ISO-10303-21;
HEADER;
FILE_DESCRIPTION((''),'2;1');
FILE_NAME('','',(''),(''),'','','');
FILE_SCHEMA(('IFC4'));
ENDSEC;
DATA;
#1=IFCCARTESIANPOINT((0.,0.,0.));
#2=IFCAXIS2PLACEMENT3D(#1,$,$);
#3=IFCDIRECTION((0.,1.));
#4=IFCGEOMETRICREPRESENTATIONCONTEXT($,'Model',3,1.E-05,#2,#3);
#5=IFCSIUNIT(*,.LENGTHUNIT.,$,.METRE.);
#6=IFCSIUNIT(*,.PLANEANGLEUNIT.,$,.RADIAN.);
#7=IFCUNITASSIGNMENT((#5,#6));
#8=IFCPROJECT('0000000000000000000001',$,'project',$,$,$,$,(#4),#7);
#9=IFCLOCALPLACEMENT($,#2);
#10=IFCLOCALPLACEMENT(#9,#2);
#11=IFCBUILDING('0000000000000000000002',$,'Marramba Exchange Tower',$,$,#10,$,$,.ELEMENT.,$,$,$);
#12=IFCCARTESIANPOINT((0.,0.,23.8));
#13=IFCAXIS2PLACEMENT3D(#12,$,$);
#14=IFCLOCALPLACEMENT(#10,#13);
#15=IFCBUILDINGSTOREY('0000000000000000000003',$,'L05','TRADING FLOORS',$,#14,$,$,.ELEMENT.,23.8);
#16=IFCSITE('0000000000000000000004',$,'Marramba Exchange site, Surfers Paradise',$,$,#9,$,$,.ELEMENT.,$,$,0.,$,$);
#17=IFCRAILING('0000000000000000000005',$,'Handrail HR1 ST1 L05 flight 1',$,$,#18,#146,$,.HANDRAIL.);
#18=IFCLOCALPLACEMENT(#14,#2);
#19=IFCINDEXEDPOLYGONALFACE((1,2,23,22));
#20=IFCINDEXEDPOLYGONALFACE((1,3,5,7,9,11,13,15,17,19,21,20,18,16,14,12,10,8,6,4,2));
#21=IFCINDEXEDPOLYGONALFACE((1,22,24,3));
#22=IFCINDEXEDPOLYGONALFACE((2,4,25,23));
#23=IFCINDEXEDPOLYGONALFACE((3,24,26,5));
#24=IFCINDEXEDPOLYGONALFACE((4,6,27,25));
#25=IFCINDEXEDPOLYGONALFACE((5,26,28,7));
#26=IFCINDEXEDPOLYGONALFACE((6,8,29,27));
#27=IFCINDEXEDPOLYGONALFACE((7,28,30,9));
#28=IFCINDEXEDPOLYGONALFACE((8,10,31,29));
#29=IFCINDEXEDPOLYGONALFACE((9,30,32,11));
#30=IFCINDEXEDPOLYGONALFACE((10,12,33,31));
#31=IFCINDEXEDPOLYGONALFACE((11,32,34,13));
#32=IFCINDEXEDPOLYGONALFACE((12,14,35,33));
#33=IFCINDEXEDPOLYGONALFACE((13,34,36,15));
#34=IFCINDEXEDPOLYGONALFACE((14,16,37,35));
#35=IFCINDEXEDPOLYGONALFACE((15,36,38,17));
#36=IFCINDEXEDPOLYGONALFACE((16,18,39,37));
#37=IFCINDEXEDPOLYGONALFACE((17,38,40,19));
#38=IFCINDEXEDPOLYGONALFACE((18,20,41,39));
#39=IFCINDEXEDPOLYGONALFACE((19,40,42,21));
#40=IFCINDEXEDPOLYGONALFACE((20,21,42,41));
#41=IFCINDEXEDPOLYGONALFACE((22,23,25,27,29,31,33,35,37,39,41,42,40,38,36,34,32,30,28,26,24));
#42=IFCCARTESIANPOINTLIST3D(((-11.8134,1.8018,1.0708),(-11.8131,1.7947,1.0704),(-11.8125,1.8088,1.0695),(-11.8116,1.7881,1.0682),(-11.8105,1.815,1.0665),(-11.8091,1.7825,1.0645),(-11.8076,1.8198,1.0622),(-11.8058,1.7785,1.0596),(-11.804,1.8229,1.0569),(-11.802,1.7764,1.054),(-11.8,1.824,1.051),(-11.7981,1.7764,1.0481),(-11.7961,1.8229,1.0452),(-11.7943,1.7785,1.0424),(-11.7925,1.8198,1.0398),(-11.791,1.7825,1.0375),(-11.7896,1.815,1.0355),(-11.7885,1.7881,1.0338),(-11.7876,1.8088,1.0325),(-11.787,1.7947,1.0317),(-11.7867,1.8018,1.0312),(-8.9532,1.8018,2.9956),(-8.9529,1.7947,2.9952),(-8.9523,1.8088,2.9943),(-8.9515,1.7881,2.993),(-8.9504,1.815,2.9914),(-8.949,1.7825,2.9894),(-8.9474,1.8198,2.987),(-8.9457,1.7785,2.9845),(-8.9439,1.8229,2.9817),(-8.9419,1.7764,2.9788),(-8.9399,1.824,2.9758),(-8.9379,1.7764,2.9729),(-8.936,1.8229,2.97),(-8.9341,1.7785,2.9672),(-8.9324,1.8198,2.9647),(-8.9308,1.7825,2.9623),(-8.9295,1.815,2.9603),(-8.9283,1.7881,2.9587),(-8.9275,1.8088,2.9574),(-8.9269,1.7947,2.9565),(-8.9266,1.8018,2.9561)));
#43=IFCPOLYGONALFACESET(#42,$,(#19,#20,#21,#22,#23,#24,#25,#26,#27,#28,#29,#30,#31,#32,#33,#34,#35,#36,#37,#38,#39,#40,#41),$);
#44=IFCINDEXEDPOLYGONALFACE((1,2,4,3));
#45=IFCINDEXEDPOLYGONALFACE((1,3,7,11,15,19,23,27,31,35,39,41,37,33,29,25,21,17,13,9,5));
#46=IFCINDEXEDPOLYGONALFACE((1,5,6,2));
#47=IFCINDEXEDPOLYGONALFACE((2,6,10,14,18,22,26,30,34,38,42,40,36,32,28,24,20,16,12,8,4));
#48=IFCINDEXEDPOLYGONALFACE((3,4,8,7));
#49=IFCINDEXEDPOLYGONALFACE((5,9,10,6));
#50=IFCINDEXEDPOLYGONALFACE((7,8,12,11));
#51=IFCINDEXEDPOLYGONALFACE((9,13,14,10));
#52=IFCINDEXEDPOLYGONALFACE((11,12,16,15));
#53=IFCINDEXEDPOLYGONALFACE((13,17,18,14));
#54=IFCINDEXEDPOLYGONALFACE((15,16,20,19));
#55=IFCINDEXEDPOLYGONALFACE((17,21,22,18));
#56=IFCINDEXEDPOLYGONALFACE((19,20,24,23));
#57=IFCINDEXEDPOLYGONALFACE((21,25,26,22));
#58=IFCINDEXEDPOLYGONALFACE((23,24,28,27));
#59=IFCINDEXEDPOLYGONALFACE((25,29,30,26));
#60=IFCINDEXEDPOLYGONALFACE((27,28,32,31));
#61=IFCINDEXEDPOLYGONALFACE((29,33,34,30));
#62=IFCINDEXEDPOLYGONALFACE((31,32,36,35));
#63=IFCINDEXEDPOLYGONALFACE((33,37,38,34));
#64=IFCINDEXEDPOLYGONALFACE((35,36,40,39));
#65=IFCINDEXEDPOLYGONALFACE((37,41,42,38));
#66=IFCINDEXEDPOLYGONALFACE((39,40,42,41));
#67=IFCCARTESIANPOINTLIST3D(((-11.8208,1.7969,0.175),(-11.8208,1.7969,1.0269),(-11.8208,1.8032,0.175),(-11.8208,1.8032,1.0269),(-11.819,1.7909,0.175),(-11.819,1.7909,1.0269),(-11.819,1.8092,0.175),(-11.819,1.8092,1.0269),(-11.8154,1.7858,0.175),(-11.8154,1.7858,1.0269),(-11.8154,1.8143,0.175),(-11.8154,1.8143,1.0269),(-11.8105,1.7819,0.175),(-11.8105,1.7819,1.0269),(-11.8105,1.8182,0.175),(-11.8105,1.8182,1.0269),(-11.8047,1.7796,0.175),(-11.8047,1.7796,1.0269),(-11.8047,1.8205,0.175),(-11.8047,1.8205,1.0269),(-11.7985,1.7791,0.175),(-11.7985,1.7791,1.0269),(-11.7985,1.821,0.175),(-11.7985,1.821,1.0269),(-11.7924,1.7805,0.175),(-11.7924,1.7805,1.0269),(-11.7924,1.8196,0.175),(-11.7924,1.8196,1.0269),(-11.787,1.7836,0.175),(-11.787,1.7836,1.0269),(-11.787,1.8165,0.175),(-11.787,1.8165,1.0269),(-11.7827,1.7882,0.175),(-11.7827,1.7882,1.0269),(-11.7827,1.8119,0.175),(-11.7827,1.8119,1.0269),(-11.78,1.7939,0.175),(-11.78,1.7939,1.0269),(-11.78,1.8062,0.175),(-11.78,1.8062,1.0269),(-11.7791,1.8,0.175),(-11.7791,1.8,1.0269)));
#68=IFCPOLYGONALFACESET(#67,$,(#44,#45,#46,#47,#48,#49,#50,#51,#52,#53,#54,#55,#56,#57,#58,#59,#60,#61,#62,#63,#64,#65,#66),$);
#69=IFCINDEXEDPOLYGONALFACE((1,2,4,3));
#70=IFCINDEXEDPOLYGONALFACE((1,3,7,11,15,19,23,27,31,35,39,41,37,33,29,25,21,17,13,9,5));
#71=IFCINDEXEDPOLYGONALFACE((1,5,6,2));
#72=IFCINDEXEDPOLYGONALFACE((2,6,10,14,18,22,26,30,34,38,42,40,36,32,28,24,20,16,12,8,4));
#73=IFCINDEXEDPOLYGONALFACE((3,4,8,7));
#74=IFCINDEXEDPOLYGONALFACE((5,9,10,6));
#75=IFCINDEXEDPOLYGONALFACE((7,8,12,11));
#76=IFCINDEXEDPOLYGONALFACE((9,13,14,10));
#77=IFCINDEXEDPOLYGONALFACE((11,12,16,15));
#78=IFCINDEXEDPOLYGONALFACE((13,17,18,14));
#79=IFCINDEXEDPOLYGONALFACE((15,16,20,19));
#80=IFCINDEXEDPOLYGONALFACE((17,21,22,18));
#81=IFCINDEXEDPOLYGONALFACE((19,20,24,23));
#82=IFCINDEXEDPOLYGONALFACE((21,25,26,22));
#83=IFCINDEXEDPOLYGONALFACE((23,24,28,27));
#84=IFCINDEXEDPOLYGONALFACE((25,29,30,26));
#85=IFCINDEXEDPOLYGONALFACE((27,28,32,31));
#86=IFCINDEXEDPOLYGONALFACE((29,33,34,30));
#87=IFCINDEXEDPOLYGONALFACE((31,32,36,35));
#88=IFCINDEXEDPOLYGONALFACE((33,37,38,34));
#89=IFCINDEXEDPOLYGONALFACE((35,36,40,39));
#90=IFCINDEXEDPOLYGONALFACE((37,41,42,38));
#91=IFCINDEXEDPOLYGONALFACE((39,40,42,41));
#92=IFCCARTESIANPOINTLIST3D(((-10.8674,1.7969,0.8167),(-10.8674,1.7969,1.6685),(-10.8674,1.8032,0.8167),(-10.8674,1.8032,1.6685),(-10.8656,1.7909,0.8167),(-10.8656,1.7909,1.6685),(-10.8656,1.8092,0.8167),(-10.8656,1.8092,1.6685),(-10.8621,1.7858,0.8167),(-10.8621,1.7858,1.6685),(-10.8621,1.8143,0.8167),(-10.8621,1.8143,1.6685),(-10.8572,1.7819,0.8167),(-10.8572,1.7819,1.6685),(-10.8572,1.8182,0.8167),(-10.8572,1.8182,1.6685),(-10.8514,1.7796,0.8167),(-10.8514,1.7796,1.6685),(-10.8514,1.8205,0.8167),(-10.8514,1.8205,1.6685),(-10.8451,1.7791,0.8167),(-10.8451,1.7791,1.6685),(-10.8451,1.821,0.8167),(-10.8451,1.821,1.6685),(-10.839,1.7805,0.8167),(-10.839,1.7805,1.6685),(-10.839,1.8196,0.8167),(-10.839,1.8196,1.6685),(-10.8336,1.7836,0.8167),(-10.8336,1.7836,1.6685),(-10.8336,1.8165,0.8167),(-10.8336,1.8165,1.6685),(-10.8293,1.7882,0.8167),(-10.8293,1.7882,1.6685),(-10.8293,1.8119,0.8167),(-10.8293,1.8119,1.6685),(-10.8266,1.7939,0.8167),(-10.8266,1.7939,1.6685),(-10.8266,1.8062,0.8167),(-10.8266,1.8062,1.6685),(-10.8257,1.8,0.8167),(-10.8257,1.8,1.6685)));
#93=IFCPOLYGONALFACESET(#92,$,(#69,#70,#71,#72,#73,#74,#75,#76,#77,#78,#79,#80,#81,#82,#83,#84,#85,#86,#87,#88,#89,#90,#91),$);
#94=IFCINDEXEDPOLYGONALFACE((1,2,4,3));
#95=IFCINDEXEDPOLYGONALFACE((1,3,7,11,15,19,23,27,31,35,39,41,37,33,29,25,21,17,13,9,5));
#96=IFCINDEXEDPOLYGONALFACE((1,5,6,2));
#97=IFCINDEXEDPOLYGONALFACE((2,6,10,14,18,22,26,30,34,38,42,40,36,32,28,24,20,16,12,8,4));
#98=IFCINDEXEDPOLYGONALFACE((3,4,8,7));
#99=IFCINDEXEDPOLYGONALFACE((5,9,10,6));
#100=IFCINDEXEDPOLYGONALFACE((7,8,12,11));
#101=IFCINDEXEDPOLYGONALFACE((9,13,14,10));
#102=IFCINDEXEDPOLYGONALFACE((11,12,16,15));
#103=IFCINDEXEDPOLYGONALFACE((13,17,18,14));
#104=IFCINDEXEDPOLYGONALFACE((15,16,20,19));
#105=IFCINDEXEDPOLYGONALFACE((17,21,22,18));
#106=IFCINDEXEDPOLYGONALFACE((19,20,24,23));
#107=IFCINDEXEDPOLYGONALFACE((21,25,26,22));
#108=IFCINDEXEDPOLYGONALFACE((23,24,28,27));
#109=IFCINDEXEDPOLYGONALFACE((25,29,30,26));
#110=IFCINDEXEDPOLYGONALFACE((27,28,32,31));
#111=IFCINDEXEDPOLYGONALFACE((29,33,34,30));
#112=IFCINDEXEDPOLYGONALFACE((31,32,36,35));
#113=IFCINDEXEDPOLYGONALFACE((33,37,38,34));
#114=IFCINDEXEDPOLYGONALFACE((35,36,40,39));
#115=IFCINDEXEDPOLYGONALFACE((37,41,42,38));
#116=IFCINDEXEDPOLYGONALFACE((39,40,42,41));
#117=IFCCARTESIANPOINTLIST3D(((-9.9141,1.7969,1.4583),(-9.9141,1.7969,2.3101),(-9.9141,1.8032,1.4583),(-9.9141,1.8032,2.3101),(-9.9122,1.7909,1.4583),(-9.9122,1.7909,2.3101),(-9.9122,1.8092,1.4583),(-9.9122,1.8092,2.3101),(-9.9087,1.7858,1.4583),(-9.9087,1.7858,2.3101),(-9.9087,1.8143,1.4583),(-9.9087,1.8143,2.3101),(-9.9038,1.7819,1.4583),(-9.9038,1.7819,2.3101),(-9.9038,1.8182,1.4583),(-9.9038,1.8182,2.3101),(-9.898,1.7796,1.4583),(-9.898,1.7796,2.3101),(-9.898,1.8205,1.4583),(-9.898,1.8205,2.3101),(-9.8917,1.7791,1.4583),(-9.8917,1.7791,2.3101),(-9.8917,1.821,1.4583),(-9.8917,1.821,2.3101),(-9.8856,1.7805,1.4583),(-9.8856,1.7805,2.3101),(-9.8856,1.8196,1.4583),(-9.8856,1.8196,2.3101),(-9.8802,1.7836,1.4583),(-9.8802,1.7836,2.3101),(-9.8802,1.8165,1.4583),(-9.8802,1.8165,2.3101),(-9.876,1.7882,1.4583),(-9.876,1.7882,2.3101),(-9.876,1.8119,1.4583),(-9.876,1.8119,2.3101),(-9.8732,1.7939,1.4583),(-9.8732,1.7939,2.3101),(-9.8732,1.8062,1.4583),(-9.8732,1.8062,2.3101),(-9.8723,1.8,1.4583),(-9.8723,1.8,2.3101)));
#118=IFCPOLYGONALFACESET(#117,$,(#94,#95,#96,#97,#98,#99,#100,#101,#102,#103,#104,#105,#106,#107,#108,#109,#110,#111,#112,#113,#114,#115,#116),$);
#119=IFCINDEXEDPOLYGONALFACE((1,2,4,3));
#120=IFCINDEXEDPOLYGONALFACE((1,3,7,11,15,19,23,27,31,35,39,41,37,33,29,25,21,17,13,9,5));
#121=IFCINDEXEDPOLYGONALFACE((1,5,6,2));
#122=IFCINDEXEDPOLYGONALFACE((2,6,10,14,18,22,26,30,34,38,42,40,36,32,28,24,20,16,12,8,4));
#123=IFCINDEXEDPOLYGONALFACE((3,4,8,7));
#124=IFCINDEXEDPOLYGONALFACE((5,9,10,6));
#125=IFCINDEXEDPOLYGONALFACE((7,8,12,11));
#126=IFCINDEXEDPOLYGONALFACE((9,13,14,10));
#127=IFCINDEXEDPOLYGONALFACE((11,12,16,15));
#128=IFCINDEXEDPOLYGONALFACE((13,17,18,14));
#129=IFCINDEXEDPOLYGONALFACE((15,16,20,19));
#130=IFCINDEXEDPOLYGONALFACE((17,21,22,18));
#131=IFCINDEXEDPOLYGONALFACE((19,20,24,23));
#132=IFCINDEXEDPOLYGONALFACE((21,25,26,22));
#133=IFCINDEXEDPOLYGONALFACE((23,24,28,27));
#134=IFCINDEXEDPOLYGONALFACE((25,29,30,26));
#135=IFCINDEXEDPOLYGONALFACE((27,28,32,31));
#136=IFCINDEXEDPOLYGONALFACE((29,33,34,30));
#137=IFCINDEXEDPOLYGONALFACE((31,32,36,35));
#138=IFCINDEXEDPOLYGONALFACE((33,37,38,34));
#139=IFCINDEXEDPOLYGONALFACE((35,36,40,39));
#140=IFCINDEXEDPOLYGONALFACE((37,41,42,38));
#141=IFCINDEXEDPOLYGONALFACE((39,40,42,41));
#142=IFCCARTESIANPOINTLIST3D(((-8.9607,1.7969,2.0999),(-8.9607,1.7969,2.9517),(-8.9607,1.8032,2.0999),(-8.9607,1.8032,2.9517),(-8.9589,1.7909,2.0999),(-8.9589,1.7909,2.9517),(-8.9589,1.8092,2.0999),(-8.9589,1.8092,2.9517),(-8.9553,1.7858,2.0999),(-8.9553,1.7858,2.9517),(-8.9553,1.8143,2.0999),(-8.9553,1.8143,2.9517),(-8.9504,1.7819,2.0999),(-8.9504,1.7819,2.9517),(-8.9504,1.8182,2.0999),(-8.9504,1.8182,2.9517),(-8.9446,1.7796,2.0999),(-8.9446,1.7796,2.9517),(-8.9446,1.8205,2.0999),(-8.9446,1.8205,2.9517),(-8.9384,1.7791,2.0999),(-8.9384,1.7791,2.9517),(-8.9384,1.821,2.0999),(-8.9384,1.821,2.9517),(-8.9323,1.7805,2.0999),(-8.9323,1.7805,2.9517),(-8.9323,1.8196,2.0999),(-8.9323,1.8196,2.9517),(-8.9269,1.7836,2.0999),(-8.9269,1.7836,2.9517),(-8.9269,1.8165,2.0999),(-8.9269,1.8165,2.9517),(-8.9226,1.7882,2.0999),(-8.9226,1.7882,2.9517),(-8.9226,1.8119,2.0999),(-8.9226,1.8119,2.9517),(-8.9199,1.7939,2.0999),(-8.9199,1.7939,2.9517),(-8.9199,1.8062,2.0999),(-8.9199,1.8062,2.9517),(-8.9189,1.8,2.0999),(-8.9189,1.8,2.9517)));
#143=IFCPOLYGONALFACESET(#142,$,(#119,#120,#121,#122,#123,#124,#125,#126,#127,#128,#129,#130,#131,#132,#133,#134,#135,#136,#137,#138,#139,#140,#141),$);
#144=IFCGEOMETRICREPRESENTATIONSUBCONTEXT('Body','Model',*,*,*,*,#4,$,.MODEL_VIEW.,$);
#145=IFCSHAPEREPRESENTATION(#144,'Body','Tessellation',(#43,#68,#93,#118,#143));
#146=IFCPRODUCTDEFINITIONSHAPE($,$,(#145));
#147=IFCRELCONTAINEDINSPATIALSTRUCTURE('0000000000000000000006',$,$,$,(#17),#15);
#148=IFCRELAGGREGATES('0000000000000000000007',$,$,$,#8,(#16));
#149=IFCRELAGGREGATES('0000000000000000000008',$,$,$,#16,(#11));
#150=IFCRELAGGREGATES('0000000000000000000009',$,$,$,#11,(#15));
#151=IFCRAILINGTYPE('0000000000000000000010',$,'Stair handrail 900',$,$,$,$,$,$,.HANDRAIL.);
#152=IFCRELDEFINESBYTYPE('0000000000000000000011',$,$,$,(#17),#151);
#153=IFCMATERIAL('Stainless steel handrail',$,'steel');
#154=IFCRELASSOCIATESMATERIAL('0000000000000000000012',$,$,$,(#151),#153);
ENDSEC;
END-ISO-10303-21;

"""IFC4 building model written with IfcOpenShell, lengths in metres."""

from ifc_helpers import new_model, si_unit, direction, frame, origin, origin_2d, place, context, subcontext, project, spatial, circle, extrude, material, type_object, element, save


model = new_model("IFC4")

# Units and contexts
model_context = context("Model", 3, precision=1e-05, world=origin(), true_north=direction((0.0, 1.0)))
body_context = subcontext(model_context, "Body", "Model", "MODEL_VIEW")
ifc_project = project(units=[si_unit("LENGTHUNIT", "METRE"), si_unit("PLANEANGLEUNIT", "RADIAN")], contexts=[model_context])

# Site, building, storey
site_placement = place(None, origin())
site = spatial("IfcSite", under=ifc_project, at=site_placement, Name="Marramba Exchange site, Surfers Paradise", CompositionType="ELEMENT", RefElevation=0.0)
building_placement = place(site_placement, origin())
building = spatial("IfcBuilding", under=site, at=building_placement, Name="Marramba Exchange Tower", CompositionType="ELEMENT")
storey_placement = place(building_placement, frame((0.0, 0.0, 23.8)))
storey = spatial("IfcBuildingStorey", under=building, at=storey_placement, Name="L05", Description="TRADING FLOORS", CompositionType="ELEMENT", Elevation=23.8)

# Railing
ifc_material_1 = material(Name="Stainless steel handrail", Category="steel")
railing_type = type_object("IfcRailingType", Name="Stair handrail 900", PredefinedType="HANDRAIL", material=ifc_material_1)
railing_placement = place(storey_placement, frame((-11.8, 1.8, 0.175)))
element("IfcRailing", 1, at=railing_placement, inside=storey, type_object=railing_type, Name="Handrail HR1 ST1 L05 flight 1", PredefinedType="HANDRAIL", context=body_context, shape_type="SweptSolid", body=[
    extrude(circle(Radius=0.0239, at=origin_2d()), frame((0.0, 0.0, 0.876), z_axis=(0.829624, 0.0, 0.558323), x_axis=(0.0, 1.0, 0.0)), (0.0, 0.0, 1.0), 3.4475),
    extrude(circle(Radius=0.021, at=origin_2d()), origin(), (0.0, 0.0, 1.0), 0.8518),
    extrude(circle(Radius=0.021, at=origin_2d()), frame((0.9534, 0.0, 0.6416)), (0.0, 0.0, 1.0), 0.8518),
    extrude(circle(Radius=0.021, at=origin_2d()), frame((1.9067, 0.0, 1.2832)), (0.0, 0.0, 1.0), 0.8518),
    extrude(circle(Radius=0.021, at=origin_2d()), frame((2.8601, 0.0, 1.9248)), (0.0, 0.0, 1.0), 0.8518),
])

save(model, "model.ifc")
